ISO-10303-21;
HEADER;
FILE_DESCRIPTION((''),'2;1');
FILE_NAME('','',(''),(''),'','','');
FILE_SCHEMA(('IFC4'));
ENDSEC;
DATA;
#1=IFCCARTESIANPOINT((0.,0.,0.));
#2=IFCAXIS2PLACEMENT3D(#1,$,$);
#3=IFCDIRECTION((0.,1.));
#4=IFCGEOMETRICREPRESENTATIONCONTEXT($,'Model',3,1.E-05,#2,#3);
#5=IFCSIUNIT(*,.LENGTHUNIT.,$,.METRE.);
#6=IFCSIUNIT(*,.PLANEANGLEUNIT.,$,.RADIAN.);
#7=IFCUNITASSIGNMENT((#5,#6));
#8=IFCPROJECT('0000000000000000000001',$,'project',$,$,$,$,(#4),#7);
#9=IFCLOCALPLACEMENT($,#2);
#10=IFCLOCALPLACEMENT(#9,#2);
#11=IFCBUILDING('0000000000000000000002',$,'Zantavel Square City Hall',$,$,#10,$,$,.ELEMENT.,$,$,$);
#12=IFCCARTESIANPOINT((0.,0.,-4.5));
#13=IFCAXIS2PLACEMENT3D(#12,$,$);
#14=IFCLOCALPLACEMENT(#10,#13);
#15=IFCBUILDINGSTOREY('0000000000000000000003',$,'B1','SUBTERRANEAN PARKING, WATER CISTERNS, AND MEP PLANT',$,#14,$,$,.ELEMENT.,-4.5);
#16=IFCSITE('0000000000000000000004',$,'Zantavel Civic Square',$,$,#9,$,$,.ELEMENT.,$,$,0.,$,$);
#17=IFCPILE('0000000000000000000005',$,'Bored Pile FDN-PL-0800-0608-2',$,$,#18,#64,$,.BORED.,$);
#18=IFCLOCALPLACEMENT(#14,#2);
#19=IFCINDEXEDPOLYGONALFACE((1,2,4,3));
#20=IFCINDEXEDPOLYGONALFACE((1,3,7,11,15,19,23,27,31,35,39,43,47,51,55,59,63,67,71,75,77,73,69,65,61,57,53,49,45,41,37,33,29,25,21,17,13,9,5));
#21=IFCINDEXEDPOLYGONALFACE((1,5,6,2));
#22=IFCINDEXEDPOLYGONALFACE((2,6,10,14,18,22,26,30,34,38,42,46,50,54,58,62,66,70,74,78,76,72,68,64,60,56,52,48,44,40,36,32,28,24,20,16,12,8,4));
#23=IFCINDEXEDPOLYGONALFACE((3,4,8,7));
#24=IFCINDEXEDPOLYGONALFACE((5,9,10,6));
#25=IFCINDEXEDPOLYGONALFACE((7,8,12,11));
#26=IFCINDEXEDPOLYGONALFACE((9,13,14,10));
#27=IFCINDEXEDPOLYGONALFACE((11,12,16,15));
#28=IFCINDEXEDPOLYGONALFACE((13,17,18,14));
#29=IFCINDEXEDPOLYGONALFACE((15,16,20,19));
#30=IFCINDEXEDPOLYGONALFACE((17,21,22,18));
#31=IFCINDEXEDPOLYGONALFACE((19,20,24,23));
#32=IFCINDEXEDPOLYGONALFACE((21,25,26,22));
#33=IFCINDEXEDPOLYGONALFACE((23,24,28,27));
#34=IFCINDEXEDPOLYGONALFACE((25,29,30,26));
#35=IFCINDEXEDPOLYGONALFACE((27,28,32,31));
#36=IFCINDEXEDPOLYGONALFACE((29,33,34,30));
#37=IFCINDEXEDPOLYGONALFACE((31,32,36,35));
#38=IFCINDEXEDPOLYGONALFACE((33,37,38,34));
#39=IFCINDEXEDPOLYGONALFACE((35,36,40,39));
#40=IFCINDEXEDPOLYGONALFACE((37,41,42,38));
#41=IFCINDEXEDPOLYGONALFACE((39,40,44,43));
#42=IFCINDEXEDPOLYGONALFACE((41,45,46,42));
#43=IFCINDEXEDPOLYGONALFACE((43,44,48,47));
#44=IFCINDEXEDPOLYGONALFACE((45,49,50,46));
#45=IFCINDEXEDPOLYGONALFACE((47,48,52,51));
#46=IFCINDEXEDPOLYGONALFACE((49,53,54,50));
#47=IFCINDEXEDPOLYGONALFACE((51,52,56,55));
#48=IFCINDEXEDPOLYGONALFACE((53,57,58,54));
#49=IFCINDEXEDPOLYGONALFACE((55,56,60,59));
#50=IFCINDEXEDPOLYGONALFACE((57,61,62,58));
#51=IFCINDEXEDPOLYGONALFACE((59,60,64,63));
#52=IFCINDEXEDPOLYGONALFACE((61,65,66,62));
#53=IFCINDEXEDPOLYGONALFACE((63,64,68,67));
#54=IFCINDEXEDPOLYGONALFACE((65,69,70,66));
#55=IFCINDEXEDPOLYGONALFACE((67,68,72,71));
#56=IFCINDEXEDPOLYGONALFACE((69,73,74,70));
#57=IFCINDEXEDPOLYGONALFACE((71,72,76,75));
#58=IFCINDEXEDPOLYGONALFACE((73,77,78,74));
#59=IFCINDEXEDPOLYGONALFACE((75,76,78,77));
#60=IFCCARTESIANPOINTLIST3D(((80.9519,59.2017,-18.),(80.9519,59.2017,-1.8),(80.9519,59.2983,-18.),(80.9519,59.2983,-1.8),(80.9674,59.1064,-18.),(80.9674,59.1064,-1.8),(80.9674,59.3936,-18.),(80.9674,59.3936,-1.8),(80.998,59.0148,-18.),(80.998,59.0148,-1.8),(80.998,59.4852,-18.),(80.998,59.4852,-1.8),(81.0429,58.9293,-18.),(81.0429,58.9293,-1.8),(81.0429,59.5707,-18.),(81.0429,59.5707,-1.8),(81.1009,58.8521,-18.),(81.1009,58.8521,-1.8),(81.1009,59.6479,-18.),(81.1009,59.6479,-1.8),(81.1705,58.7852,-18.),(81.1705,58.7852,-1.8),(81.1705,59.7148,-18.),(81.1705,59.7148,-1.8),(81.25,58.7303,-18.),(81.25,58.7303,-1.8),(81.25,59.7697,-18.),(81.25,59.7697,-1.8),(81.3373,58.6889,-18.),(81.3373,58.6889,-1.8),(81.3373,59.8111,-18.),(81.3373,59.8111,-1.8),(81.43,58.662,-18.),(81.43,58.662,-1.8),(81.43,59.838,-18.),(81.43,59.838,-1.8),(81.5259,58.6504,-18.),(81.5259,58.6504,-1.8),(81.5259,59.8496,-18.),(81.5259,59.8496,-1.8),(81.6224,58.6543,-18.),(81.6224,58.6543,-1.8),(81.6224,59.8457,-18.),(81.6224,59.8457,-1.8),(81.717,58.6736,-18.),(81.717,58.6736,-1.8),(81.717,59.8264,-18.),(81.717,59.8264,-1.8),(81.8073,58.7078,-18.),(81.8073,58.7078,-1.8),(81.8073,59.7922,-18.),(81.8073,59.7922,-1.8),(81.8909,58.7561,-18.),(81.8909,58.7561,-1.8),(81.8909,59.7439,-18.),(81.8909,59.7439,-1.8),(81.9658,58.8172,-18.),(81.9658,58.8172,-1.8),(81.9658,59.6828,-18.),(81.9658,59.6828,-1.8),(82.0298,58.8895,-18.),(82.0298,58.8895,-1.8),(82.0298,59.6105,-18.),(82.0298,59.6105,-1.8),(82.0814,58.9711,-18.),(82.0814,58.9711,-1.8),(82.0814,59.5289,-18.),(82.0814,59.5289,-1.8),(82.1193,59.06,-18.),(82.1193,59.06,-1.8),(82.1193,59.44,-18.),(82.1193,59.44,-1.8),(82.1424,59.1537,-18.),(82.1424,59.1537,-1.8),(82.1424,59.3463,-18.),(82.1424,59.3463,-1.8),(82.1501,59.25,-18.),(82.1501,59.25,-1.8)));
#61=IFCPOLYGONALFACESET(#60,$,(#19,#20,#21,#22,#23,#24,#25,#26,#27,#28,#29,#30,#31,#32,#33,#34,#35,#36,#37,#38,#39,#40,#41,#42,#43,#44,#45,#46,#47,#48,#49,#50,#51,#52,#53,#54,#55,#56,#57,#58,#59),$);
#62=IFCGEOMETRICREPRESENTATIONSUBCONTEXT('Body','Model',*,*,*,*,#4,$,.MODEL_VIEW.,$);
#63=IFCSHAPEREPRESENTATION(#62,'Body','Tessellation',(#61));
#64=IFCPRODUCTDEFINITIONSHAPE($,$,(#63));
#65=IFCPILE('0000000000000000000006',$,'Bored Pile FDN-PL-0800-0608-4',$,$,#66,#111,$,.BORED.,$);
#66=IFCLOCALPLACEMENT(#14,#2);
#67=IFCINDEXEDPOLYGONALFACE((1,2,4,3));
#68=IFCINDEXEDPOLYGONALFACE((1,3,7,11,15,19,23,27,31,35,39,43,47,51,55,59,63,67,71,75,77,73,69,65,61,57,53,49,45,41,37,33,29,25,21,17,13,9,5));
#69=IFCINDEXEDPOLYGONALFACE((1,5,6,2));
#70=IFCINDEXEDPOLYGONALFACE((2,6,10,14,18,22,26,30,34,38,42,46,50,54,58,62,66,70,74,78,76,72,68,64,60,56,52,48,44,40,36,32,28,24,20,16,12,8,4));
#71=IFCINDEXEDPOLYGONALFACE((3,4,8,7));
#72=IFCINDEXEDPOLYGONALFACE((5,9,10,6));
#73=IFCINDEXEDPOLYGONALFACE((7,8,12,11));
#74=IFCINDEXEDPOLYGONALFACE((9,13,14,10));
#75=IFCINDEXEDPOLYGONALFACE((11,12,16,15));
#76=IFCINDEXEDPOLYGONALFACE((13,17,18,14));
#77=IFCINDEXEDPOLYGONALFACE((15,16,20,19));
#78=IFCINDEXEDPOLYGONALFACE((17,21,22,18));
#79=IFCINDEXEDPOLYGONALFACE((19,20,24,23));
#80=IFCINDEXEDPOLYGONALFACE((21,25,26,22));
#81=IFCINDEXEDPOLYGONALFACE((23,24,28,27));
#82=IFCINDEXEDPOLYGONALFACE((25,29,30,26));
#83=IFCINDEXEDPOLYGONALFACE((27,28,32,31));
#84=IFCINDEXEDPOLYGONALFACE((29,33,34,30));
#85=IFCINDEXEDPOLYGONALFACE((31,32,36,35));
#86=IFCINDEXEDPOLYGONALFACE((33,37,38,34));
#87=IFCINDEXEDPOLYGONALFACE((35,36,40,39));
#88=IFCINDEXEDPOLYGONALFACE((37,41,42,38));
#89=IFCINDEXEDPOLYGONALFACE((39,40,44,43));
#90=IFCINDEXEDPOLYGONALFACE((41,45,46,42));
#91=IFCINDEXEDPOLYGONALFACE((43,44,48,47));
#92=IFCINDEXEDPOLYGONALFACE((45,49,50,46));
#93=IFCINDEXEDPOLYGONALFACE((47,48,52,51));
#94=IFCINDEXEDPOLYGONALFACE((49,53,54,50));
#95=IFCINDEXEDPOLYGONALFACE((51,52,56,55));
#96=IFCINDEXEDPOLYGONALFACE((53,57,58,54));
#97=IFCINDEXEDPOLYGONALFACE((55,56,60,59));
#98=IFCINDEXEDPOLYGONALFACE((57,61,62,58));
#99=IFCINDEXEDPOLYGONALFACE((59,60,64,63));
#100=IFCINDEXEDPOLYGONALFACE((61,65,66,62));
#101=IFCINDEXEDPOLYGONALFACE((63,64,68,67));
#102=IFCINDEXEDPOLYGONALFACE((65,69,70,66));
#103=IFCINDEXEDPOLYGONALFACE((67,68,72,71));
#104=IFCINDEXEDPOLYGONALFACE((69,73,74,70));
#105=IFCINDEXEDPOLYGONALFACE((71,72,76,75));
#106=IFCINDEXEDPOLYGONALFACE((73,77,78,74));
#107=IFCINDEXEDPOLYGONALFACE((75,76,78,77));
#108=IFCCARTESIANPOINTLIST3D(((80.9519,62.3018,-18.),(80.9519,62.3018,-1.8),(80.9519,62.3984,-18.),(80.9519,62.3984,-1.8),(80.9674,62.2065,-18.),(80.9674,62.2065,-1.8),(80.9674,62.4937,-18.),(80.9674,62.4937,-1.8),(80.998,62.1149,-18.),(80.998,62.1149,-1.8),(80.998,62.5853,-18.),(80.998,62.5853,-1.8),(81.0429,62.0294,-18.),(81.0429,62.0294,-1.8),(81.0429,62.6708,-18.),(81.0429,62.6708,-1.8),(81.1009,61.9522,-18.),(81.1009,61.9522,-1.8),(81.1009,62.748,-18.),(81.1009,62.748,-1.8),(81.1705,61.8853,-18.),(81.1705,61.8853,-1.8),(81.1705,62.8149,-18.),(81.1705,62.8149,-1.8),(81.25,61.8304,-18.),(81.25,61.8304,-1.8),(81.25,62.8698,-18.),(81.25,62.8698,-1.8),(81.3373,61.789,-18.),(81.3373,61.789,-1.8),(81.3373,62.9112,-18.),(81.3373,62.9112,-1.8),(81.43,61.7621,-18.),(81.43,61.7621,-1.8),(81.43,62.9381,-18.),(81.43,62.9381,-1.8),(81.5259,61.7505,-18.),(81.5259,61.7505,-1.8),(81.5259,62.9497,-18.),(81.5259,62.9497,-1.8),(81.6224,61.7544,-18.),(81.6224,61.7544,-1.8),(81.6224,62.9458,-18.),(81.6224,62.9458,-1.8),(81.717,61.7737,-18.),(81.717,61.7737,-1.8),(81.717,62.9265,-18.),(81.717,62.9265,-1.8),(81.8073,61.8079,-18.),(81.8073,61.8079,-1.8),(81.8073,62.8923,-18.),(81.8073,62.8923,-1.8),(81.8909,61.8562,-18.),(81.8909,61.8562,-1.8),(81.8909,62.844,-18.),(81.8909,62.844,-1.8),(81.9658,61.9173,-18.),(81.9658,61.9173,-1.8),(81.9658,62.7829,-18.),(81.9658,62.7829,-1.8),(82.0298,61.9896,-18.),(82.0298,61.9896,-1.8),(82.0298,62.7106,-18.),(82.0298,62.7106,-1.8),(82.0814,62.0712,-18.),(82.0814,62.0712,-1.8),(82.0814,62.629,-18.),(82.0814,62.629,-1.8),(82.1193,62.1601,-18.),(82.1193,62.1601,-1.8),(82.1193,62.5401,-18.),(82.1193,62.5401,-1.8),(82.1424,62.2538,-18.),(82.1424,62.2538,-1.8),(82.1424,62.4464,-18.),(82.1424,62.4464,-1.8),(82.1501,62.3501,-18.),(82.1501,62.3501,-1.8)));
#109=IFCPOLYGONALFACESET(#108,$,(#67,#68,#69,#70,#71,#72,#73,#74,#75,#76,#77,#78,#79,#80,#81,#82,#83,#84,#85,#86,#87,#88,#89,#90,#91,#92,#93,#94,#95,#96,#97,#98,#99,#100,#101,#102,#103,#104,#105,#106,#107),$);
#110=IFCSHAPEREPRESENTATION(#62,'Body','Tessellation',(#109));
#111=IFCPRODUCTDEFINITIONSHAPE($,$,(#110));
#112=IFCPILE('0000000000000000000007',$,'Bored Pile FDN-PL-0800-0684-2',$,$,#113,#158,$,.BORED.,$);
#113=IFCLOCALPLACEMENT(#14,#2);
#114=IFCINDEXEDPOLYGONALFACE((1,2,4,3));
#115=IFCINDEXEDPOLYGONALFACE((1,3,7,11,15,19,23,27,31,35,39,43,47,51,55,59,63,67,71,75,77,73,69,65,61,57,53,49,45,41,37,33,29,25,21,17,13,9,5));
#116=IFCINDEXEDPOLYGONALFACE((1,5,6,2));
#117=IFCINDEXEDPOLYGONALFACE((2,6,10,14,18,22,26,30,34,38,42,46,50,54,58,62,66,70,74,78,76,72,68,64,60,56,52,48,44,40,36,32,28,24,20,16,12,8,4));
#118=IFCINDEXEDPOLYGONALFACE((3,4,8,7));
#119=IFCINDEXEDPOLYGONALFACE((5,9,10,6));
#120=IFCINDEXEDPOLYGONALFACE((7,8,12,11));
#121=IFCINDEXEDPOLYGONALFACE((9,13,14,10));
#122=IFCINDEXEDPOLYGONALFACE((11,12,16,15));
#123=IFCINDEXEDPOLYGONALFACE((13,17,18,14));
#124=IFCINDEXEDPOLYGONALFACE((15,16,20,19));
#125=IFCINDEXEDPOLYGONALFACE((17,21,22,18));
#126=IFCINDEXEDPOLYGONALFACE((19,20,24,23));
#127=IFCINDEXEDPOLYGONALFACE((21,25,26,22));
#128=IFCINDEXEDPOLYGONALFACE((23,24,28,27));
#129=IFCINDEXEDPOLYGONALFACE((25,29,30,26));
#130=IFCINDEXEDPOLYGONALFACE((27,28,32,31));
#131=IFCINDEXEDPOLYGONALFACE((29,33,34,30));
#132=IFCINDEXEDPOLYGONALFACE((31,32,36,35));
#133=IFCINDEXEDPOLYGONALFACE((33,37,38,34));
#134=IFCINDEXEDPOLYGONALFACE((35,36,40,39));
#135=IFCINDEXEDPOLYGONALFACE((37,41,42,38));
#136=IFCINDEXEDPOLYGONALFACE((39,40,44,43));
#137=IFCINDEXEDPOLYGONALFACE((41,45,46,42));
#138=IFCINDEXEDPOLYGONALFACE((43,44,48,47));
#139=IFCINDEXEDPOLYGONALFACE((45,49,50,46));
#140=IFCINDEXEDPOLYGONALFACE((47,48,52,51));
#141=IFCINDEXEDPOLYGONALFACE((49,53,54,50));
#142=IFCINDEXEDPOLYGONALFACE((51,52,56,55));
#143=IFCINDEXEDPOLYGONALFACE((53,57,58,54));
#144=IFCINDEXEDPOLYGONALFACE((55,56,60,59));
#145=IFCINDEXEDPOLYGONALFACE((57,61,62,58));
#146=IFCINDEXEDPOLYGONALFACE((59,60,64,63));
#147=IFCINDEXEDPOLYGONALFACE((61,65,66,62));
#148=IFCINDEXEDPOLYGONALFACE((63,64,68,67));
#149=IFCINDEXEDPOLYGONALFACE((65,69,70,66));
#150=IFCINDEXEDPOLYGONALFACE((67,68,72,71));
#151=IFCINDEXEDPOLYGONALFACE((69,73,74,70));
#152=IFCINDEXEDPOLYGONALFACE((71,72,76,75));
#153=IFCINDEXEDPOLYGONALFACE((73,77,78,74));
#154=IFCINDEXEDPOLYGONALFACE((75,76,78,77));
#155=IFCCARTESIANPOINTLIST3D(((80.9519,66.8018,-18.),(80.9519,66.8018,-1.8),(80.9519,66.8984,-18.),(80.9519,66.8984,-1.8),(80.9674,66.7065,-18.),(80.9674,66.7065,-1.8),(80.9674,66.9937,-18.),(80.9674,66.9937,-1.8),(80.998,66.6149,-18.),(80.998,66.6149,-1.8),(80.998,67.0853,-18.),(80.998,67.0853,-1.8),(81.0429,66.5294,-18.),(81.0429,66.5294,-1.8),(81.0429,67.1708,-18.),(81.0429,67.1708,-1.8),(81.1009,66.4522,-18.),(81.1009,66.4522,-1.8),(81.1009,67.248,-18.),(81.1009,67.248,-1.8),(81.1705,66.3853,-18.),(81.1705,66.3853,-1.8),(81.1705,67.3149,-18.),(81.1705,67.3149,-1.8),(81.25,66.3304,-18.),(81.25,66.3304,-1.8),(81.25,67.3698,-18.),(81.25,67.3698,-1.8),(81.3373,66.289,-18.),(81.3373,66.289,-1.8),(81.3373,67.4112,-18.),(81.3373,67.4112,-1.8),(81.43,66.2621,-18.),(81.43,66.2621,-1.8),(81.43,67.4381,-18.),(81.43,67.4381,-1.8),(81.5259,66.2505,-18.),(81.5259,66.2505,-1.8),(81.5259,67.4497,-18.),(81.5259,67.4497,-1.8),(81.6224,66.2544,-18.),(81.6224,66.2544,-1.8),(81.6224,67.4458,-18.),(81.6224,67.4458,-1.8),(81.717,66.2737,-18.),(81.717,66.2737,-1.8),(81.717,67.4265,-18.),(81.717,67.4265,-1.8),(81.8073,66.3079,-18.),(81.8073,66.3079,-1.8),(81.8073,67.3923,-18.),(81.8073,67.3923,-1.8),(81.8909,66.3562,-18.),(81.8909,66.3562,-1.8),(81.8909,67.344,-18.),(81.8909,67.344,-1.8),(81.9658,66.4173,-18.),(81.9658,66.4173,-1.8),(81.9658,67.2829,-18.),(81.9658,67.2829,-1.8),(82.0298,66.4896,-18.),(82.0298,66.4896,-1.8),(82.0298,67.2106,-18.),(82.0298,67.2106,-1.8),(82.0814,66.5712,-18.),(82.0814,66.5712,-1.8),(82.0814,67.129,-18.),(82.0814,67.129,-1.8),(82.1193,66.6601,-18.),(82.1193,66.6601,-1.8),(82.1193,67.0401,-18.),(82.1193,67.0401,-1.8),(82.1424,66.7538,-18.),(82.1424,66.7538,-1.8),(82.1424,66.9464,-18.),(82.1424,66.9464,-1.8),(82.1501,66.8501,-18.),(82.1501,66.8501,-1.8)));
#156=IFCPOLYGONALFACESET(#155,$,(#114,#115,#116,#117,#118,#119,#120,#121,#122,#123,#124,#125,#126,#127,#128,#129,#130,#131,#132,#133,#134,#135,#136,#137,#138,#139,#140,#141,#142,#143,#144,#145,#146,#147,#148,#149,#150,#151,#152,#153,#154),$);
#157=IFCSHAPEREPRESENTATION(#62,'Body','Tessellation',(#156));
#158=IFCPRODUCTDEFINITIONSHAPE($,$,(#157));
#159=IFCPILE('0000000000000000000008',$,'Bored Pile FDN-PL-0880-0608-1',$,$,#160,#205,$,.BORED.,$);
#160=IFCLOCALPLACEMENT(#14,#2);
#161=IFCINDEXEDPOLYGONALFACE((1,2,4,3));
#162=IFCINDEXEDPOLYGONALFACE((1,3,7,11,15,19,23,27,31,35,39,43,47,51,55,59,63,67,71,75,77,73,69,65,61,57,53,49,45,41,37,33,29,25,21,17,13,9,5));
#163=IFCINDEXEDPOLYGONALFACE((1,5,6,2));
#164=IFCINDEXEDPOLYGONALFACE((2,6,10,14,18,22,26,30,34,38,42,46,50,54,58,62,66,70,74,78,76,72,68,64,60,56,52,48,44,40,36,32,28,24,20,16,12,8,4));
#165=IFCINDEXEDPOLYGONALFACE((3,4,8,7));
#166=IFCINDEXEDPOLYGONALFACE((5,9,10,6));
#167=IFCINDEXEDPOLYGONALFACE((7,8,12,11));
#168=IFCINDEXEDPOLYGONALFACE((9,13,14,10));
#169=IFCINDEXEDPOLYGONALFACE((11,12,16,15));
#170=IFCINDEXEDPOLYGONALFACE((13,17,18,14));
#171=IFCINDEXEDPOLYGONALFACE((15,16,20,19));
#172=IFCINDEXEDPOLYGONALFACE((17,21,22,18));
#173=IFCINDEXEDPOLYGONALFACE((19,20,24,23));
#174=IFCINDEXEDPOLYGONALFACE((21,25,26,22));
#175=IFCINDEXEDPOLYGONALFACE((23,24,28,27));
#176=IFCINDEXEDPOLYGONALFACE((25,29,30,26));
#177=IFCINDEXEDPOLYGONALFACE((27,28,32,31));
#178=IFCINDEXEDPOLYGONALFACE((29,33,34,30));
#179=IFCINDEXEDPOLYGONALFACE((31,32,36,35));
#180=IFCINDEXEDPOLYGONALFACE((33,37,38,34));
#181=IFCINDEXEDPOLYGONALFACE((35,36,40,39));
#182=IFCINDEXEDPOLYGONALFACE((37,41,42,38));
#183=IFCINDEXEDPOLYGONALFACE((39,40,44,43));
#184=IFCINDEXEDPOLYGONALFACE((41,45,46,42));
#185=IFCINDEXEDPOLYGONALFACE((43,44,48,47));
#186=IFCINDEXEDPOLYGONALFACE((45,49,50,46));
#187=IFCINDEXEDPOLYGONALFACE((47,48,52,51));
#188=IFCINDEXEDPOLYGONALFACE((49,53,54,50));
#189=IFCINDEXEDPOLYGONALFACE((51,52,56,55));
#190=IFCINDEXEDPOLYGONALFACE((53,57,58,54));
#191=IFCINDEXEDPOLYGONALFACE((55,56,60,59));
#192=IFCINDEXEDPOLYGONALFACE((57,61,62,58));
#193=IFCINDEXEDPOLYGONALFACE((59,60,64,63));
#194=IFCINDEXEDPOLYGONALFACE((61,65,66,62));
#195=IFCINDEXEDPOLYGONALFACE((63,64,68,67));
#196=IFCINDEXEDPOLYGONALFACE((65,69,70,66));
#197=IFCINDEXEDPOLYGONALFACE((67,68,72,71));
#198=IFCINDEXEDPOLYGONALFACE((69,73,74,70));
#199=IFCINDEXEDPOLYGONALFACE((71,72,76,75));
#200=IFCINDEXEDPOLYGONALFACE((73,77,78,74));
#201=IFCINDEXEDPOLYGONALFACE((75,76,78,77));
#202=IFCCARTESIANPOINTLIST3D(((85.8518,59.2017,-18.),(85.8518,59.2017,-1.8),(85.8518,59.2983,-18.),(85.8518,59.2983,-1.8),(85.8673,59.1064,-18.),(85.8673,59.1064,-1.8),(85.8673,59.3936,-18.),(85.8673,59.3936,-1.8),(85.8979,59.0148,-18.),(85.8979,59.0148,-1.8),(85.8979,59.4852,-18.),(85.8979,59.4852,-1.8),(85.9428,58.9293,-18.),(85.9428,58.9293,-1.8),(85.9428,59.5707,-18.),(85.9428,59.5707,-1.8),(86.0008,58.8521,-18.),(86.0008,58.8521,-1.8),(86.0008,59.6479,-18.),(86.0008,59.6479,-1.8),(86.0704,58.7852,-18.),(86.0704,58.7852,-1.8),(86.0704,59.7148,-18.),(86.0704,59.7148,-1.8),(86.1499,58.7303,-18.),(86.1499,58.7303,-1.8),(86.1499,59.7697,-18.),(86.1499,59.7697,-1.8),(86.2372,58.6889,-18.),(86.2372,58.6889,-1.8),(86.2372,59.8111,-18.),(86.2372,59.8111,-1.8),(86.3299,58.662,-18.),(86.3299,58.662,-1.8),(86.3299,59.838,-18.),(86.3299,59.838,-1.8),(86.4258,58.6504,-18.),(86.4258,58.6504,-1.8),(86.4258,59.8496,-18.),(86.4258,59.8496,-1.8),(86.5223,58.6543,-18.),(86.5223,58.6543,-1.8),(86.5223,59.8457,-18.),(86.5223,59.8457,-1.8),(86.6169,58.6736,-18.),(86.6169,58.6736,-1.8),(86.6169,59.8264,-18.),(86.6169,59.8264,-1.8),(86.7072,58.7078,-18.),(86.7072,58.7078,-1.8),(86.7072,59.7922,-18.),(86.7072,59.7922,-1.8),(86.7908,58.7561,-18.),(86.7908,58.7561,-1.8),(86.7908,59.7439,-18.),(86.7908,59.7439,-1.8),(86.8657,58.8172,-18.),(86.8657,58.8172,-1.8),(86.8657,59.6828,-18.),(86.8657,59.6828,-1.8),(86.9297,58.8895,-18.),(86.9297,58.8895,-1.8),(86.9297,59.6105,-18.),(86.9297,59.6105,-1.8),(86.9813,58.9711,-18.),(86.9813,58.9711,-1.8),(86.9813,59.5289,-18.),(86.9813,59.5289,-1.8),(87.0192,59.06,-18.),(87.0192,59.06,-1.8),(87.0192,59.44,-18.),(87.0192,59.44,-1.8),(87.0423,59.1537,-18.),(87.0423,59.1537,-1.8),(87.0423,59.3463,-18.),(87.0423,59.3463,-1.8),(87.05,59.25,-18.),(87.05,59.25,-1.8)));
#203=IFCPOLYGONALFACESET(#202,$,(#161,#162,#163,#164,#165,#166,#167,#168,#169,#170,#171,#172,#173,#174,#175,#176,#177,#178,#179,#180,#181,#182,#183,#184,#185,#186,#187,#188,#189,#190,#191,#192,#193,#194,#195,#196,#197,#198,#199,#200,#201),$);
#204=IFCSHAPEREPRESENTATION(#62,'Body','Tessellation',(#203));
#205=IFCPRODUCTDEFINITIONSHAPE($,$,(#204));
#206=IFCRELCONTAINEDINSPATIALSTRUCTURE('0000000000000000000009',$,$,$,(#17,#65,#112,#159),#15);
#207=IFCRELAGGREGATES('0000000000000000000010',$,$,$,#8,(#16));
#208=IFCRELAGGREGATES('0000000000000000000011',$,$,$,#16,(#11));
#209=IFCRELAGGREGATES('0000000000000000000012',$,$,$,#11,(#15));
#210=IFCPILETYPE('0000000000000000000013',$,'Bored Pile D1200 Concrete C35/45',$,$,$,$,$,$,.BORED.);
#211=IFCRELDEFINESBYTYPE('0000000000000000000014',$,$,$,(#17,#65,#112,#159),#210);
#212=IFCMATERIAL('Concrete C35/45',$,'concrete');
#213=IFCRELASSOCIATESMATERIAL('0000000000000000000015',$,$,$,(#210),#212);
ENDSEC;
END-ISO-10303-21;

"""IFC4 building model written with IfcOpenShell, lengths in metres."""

from ifc_helpers import new_model, si_unit, direction, frame, origin, origin_2d, place, context, subcontext, project, spatial, circle, extrude, material, material_profile, profile_set, type_object, element, save


model = new_model("IFC4")

# Units and contexts
model_context = context("Model", 3, precision=1e-05, world=origin(), true_north=direction((0.0, 1.0)))
body_context = subcontext(model_context, "Body", "Model", "MODEL_VIEW")
ifc_project = project(units=[si_unit("LENGTHUNIT", "METRE"), si_unit("PLANEANGLEUNIT", "RADIAN")], contexts=[model_context])

# Site, building, storey
site_placement = place(None, origin())
site = spatial("IfcSite", under=ifc_project, at=site_placement, Name="Zantavel Civic Square", CompositionType="ELEMENT", RefElevation=0.0)
building_placement = place(site_placement, origin())
building = spatial("IfcBuilding", under=site, at=building_placement, Name="Zantavel Square City Hall", CompositionType="ELEMENT")
storey_placement = place(building_placement, frame((0.0, 0.0, -4.5)))
storey = spatial("IfcBuildingStorey", under=building, at=storey_placement, Name="B1", Description="SUBTERRANEAN PARKING, WATER CISTERNS, AND MEP PLANT", CompositionType="ELEMENT", Elevation=-4.5)

# Piles
ifc_material_1 = material(Name="Concrete C35/45", Category="concrete")
ifc_material_profile_1 = material_profile(ifc_material_1, circle(Radius=0.6001, at=origin_2d()), Name="PILE D1200")
ifc_profile_set_1 = profile_set([ifc_material_profile_1], Name="Concrete C35/45")
pile_type = type_object("IfcPileType", Name="Bored Pile D1200 Concrete C35/45", PredefinedType="BORED", material=ifc_profile_set_1)
for number, where, z_axis, x_axis, name in (
    (1, (81.55, 59.25, -1.8), (0.0, 0.0, -1.0), (1.0, 0.0, 0.0), "Bored Pile FDN-PL-0800-0608-2"),
    (2, (81.55, 62.3501, -1.8), (0.0, 0.0, -1.0), (1.0, 0.0, 0.0), "Bored Pile FDN-PL-0800-0608-4"),
    (3, (81.55, 66.8501, -1.8), (0.0, 0.0, -1.0), (1.0, 0.0, 0.0), "Bored Pile FDN-PL-0800-0684-2"),
    (4, (86.45, 59.25, -1.8), (0.0, 0.0, -1.0), (1.0, 0.0, 0.0), "Bored Pile FDN-PL-0880-0608-1"),
):
    element("IfcPile", number, at=place(storey_placement, frame(where, z_axis=z_axis, x_axis=x_axis)), inside=storey, type_object=pile_type, Name=name, PredefinedType="BORED", context=body_context, shape_type="SweptSolid", body=[
        extrude(circle(Radius=0.6001, at=origin_2d()), origin(), (0.0, 0.0, 1.0), 16.2),
    ])

save(model, "model.ifc")
